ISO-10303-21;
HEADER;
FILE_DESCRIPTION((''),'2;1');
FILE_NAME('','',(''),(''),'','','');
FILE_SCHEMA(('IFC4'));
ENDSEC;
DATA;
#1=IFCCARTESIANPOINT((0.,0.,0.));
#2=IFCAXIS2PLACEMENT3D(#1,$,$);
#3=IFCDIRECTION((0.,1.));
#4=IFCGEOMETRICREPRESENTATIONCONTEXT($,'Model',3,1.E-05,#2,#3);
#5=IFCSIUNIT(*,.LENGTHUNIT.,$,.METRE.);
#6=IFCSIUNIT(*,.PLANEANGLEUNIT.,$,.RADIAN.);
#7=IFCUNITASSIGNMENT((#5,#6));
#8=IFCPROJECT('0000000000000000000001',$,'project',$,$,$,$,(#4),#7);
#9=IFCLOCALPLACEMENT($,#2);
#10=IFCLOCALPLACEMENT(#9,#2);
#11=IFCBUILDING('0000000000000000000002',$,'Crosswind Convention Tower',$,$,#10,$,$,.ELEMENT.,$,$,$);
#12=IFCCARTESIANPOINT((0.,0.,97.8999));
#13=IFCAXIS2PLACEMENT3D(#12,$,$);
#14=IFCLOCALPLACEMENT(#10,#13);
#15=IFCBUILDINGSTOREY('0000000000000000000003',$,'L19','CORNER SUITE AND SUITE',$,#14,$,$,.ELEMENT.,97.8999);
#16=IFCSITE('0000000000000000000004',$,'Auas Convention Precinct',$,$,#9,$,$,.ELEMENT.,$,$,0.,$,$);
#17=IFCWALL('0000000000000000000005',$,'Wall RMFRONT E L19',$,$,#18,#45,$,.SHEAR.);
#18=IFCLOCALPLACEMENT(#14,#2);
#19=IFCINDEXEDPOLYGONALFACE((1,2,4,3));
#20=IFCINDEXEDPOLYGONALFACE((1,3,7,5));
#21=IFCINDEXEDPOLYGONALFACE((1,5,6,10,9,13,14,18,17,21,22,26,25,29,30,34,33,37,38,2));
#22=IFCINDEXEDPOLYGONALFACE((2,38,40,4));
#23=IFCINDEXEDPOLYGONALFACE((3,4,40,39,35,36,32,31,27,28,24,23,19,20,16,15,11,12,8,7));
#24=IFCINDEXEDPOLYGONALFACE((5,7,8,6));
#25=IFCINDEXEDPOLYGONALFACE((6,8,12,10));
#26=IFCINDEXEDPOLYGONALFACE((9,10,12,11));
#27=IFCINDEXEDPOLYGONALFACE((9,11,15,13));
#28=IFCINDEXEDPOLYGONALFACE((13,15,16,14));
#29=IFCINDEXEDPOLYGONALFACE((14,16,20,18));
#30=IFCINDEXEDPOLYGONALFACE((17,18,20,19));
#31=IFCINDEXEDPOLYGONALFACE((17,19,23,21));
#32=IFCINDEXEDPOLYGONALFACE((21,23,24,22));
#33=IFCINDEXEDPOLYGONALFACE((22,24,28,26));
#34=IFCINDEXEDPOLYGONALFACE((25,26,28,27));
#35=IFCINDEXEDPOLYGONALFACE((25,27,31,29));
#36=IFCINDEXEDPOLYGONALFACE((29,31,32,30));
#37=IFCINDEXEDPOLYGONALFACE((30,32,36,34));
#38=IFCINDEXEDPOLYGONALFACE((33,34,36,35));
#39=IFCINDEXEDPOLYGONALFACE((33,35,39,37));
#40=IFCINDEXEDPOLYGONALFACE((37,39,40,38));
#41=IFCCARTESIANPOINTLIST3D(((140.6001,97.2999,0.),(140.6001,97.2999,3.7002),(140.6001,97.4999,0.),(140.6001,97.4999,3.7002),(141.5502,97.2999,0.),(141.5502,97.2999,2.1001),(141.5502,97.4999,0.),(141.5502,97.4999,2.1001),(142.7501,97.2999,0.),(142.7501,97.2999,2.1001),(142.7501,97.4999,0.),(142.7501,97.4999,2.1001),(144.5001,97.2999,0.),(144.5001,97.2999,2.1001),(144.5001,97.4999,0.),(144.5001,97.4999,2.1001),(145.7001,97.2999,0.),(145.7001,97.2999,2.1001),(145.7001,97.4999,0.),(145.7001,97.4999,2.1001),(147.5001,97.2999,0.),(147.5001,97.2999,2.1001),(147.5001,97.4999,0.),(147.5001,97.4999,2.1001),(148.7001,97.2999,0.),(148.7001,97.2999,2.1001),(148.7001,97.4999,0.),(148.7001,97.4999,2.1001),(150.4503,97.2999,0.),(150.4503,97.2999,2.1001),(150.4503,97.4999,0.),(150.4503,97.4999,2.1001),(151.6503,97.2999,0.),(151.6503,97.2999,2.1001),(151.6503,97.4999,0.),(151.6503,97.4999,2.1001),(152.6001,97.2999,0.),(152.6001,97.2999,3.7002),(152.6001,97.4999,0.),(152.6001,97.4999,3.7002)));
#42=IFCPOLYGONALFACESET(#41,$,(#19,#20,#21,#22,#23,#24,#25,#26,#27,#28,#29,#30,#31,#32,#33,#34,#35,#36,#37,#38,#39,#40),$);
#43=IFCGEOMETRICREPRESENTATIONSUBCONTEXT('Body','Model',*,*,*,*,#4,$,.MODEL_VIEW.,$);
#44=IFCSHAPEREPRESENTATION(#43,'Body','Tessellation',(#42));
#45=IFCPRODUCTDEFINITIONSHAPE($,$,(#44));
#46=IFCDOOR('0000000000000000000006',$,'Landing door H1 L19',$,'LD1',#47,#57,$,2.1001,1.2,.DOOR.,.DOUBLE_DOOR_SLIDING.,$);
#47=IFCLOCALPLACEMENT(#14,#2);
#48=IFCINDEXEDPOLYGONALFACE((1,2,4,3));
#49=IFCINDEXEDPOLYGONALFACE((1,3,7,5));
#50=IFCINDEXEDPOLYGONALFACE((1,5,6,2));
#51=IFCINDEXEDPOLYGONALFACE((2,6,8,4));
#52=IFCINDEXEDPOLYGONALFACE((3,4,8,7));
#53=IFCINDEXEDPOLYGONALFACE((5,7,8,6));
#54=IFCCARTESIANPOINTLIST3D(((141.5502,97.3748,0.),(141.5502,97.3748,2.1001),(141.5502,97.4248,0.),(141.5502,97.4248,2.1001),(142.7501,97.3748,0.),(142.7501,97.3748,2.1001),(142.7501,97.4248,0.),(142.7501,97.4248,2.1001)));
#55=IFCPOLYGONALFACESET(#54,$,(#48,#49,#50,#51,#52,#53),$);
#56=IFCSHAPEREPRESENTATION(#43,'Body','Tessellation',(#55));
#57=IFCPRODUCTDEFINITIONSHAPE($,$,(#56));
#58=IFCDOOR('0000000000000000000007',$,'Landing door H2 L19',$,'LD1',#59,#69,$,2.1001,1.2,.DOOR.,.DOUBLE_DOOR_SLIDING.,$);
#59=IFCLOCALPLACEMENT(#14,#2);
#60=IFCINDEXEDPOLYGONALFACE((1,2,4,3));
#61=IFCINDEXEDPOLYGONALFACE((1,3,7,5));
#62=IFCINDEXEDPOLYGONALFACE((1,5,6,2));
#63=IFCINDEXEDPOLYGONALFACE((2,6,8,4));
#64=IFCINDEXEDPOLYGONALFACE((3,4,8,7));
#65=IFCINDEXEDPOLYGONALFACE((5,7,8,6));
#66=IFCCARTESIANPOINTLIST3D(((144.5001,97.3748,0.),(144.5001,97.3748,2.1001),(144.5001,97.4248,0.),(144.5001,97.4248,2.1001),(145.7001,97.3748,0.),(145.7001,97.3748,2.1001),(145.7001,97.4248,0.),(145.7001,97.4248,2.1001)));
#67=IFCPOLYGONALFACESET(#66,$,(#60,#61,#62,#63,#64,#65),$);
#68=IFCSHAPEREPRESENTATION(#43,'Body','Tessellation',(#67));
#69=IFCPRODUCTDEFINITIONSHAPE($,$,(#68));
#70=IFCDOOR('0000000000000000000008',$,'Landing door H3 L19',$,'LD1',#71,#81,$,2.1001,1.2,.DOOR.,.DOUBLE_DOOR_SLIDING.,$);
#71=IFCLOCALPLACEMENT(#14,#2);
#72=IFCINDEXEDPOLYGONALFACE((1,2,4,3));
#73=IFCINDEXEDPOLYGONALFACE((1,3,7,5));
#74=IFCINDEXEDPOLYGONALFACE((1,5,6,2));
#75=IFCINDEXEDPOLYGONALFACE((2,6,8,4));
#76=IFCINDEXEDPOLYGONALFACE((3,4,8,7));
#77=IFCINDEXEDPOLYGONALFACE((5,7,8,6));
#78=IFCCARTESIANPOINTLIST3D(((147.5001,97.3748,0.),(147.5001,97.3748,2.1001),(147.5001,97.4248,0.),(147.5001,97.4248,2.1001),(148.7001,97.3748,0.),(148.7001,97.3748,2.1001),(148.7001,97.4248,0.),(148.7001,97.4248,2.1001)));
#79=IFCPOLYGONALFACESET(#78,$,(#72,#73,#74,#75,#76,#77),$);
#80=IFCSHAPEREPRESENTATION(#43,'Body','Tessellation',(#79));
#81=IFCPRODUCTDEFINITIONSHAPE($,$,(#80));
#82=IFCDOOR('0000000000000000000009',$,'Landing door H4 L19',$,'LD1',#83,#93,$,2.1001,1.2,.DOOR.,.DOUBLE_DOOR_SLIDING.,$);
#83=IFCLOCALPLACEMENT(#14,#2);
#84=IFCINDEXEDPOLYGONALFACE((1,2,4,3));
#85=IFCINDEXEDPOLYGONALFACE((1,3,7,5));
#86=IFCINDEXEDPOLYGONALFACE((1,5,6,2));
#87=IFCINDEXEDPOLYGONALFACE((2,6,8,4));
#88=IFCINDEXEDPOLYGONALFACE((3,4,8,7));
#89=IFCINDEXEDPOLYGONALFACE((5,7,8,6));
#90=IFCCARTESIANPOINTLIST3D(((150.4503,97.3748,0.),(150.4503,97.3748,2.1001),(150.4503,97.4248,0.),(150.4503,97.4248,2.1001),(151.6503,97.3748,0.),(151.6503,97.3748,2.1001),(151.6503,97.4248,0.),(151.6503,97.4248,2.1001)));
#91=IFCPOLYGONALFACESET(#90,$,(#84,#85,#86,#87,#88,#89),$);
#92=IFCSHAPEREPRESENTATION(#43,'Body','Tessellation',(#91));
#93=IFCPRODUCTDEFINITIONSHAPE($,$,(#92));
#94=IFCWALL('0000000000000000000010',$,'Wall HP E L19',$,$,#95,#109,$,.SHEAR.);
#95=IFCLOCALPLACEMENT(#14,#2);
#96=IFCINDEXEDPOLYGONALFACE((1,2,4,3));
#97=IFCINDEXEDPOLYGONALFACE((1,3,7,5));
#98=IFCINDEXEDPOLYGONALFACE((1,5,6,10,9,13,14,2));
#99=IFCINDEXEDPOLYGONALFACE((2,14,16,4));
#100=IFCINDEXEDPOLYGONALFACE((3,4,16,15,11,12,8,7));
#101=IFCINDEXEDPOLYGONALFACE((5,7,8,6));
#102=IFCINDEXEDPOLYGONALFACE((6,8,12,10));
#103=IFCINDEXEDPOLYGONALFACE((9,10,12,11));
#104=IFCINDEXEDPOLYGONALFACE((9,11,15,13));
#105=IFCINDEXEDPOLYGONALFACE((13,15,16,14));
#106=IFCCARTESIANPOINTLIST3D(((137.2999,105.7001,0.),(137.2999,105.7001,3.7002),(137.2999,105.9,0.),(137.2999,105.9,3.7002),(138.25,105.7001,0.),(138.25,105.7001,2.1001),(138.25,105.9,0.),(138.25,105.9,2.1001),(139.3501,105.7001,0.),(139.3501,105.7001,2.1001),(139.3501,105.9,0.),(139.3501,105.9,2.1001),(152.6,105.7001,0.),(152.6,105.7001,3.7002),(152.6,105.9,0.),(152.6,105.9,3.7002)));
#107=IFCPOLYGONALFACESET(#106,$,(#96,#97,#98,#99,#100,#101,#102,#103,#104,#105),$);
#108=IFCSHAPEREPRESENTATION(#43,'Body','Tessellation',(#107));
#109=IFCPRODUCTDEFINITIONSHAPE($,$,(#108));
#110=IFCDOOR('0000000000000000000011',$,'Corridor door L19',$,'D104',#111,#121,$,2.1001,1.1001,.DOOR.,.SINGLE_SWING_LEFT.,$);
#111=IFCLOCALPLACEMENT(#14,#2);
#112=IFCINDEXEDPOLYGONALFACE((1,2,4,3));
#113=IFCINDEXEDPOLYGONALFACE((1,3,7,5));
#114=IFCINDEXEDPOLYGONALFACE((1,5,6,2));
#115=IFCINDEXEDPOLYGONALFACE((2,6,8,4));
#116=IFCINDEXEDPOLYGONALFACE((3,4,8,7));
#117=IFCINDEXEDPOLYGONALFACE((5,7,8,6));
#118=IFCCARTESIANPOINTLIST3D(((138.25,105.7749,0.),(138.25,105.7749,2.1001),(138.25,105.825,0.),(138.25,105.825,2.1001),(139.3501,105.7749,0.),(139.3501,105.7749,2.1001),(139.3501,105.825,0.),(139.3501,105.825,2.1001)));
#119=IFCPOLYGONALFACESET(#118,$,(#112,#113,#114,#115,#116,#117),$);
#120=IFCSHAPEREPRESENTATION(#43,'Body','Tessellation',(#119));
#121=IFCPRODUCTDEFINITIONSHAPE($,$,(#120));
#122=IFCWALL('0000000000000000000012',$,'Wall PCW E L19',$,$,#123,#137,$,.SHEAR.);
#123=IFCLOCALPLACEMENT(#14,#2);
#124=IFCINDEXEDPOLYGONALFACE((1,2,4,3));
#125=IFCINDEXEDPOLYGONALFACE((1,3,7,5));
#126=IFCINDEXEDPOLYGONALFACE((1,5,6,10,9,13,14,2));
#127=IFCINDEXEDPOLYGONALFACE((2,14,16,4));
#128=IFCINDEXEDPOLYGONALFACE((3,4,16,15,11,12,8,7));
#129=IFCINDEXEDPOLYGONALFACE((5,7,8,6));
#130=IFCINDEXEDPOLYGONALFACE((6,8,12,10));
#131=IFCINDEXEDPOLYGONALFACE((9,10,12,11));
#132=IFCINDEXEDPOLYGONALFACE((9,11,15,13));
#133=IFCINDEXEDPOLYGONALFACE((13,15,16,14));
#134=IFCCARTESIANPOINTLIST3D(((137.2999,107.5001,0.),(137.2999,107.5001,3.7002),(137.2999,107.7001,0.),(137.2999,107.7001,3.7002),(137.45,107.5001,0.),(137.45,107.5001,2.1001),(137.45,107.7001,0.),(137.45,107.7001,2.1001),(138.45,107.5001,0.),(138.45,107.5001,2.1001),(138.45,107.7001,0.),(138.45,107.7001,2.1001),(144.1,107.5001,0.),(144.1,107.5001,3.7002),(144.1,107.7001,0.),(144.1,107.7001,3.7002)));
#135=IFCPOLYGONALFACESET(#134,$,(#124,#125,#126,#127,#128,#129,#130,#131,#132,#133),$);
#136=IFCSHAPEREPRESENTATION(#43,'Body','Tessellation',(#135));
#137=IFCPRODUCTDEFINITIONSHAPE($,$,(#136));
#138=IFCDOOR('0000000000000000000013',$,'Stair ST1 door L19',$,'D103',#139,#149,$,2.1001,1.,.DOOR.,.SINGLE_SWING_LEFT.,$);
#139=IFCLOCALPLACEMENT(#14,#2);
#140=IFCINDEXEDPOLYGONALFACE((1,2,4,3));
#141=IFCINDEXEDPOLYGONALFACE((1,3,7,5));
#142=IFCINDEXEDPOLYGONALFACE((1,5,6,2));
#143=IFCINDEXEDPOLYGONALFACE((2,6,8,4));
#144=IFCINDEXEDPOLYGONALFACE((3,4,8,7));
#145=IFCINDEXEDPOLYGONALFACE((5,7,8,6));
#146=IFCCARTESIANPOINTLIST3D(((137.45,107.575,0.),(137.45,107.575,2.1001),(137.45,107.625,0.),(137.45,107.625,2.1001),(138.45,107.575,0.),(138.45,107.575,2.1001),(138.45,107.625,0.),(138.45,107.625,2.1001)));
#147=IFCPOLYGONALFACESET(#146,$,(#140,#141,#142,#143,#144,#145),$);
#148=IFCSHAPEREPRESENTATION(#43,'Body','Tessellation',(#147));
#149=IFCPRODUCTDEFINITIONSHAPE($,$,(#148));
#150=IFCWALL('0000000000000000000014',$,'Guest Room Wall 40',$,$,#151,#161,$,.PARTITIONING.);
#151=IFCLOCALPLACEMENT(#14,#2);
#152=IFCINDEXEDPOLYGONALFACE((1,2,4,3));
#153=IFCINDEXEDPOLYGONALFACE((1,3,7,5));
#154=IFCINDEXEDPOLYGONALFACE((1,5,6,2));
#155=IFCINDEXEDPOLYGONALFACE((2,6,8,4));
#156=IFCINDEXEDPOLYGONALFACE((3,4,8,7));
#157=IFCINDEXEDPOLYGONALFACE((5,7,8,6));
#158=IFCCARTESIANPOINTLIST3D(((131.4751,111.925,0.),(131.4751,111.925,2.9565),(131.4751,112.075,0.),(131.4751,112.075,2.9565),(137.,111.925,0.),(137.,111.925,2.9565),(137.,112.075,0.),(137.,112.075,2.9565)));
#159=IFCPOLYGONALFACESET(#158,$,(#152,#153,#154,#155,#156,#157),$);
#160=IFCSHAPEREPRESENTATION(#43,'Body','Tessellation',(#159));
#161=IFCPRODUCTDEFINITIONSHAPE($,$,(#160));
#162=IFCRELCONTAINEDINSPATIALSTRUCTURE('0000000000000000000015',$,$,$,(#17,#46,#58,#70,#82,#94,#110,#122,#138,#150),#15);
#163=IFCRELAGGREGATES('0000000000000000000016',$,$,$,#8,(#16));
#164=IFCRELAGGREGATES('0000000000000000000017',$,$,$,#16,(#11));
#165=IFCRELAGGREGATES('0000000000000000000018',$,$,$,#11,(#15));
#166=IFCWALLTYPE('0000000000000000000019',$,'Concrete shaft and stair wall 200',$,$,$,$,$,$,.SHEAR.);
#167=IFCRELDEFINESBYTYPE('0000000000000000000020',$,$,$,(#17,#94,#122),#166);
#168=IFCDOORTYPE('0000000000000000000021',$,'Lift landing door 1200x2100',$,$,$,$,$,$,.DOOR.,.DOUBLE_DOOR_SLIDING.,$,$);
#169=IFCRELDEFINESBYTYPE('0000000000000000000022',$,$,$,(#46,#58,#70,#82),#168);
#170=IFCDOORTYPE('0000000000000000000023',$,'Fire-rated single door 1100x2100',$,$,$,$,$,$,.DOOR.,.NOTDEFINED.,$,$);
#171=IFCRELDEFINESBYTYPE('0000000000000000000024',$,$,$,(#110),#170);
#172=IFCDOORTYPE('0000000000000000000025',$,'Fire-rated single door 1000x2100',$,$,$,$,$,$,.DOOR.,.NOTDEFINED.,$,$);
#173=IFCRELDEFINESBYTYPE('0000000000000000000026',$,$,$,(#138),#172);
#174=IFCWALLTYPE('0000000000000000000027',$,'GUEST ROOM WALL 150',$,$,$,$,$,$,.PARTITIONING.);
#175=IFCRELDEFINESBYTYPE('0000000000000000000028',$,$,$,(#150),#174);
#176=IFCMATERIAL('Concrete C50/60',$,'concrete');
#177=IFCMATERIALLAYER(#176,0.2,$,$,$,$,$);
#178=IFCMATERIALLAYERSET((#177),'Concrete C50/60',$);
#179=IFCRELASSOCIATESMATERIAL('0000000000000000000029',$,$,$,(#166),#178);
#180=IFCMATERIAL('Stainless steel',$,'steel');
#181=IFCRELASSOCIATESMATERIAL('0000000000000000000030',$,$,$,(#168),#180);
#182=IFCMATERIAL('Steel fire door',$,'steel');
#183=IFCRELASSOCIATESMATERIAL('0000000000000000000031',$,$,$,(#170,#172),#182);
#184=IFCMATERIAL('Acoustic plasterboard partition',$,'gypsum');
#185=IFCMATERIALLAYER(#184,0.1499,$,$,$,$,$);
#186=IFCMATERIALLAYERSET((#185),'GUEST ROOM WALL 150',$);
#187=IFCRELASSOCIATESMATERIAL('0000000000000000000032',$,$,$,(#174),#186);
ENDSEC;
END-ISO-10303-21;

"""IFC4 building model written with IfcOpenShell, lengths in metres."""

from ifc_helpers import new_model, si_unit, direction, frame, frame_2d, origin, place, context, subcontext, project, spatial, rectangle, extrude, material, layer, layer_set, type_object, element, fill, save


model = new_model("IFC4")

# Units and contexts
model_context = context("Model", 3, precision=1e-05, world=origin(), true_north=direction((0.0, 1.0)))
body_context = subcontext(model_context, "Body", "Model", "MODEL_VIEW")
ifc_project = project(units=[si_unit("LENGTHUNIT", "METRE"), si_unit("PLANEANGLEUNIT", "RADIAN")], contexts=[model_context])

# Site, building, storey
site_placement = place(None, origin())
site = spatial("IfcSite", under=ifc_project, at=site_placement, Name="Auas Convention Precinct", CompositionType="ELEMENT", RefElevation=0.0)
building_placement = place(site_placement, origin())
building = spatial("IfcBuilding", under=site, at=building_placement, Name="Crosswind Convention Tower", CompositionType="ELEMENT")
storey_placement = place(building_placement, frame((0.0, 0.0, 97.8999)))
storey = spatial("IfcBuildingStorey", under=building, at=storey_placement, Name="L19", Description="CORNER SUITE AND SUITE", CompositionType="ELEMENT", Elevation=97.8999)

# Shared definitions
ifc_material_1 = material(Name="Concrete C50/60", Category="concrete")
ifc_layer_1 = layer(ifc_material_1, 0.2)
ifc_layer_set_1 = layer_set([ifc_layer_1], Name="Concrete C50/60")
wall_type_1 = type_object("IfcWallType", Name="Concrete shaft and stair wall 200", PredefinedType="SHEAR", material=ifc_layer_set_1)

# Wall, openings, doors
wall_1_placement = place(storey_placement, frame((140.6001, 97.3999, 0.0), z_axis=(0.0, 0.0, 1.0), x_axis=(1.0, 0.0, 0.0)))
wall_1 = element("IfcWall", 1, at=wall_1_placement, inside=storey, type_object=wall_type_1, Name="Wall RMFRONT E L19", PredefinedType="SHEAR", context=body_context, shape_type="SweptSolid", body=[
    extrude(rectangle(XDim=12.0, YDim=0.2, at=frame_2d((6.0, 0.0))), origin(), (0.0, 0.0, 1.0), 3.7002),
])
opening_1_placement = place(wall_1_placement, frame((0.95, 0.0, 0.0)))
opening_1 = element("IfcOpeningElement", 2, at=opening_1_placement, cuts=wall_1, PredefinedType="OPENING", context=body_context, shape_type="SweptSolid", body=[
    extrude(rectangle(XDim=1.2, YDim=2.1001, at=frame_2d((0.6001, 1.05))), frame((0.0, 0.1099, 0.0), z_axis=(0.0, -1.0, 0.0), x_axis=(1.0, 0.0, 0.0)), (0.0, 0.0, 1.0), 0.22),
])
opening_2_placement = place(wall_1_placement, frame((3.8999, 0.0, 0.0)))
opening_2 = element("IfcOpeningElement", 3, at=opening_2_placement, cuts=wall_1, PredefinedType="OPENING", context=body_context, shape_type="SweptSolid", body=[
    extrude(rectangle(XDim=1.2, YDim=2.1001, at=frame_2d((0.6001, 1.05))), frame((0.0, 0.1099, 0.0), z_axis=(0.0, -1.0, 0.0), x_axis=(1.0, 0.0, 0.0)), (0.0, 0.0, 1.0), 0.22),
])
opening_3_placement = place(wall_1_placement, frame((6.8999, 0.0, 0.0)))
opening_3 = element("IfcOpeningElement", 4, at=opening_3_placement, cuts=wall_1, PredefinedType="OPENING", context=body_context, shape_type="SweptSolid", body=[
    extrude(rectangle(XDim=1.2, YDim=2.1001, at=frame_2d((0.6001, 1.05))), frame((0.0, 0.1099, 0.0), z_axis=(0.0, -1.0, 0.0), x_axis=(1.0, 0.0, 0.0)), (0.0, 0.0, 1.0), 0.22),
])
opening_4_placement = place(wall_1_placement, frame((9.8501, 0.0, 0.0)))
opening_4 = element("IfcOpeningElement", 5, at=opening_4_placement, cuts=wall_1, PredefinedType="OPENING", context=body_context, shape_type="SweptSolid", body=[
    extrude(rectangle(XDim=1.2, YDim=2.1001, at=frame_2d((0.6001, 1.05))), frame((0.0, 0.1099, 0.0), z_axis=(0.0, -1.0, 0.0), x_axis=(1.0, 0.0, 0.0)), (0.0, 0.0, 1.0), 0.22),
])
ifc_material_2 = material(Name="Stainless steel", Category="steel")
door_type_1 = type_object("IfcDoorType", Name="Lift landing door 1200x2100", OperationType="DOUBLE_DOOR_SLIDING", PredefinedType="DOOR", material=ifc_material_2)
door_1_placement = place(opening_1_placement, origin())
door_1 = element("IfcDoor", 6, at=door_1_placement, inside=storey, type_object=door_type_1, Name="Landing door H1 L19", ObjectType="LD1", OperationType="DOUBLE_DOOR_SLIDING", OverallHeight=2.1001, OverallWidth=1.2, PredefinedType="DOOR", context=body_context, shape_type="SweptSolid", body=[
    extrude(rectangle(XDim=1.2, YDim=2.1001, at=frame_2d((0.6001, 1.05))), frame((0.0, 0.0249, 0.0), z_axis=(0.0, -1.0, 0.0), x_axis=(1.0, 0.0, 0.0)), (0.0, 0.0, 1.0), 0.05),
])
fill(opening_1, door_1)
door_2_placement = place(opening_2_placement, origin())
door_2 = element("IfcDoor", 7, at=door_2_placement, inside=storey, type_object=door_type_1, Name="Landing door H2 L19", ObjectType="LD1", OperationType="DOUBLE_DOOR_SLIDING", OverallHeight=2.1001, OverallWidth=1.2, PredefinedType="DOOR", context=body_context, shape_type="SweptSolid", body=[
    extrude(rectangle(XDim=1.2, YDim=2.1001, at=frame_2d((0.6001, 1.05))), frame((0.0, 0.0249, 0.0), z_axis=(0.0, -1.0, 0.0), x_axis=(1.0, 0.0, 0.0)), (0.0, 0.0, 1.0), 0.05),
])
fill(opening_2, door_2)
door_3_placement = place(opening_3_placement, origin())
door_3 = element("IfcDoor", 8, at=door_3_placement, inside=storey, type_object=door_type_1, Name="Landing door H3 L19", ObjectType="LD1", OperationType="DOUBLE_DOOR_SLIDING", OverallHeight=2.1001, OverallWidth=1.2, PredefinedType="DOOR", context=body_context, shape_type="SweptSolid", body=[
    extrude(rectangle(XDim=1.2, YDim=2.1001, at=frame_2d((0.6001, 1.05))), frame((0.0, 0.0249, 0.0), z_axis=(0.0, -1.0, 0.0), x_axis=(1.0, 0.0, 0.0)), (0.0, 0.0, 1.0), 0.05),
])
fill(opening_3, door_3)
door_4_placement = place(opening_4_placement, origin())
door_4 = element("IfcDoor", 9, at=door_4_placement, inside=storey, type_object=door_type_1, Name="Landing door H4 L19", ObjectType="LD1", OperationType="DOUBLE_DOOR_SLIDING", OverallHeight=2.1001, OverallWidth=1.2, PredefinedType="DOOR", context=body_context, shape_type="SweptSolid", body=[
    extrude(rectangle(XDim=1.2, YDim=2.1001, at=frame_2d((0.6001, 1.05))), frame((0.0, 0.0249, 0.0), z_axis=(0.0, -1.0, 0.0), x_axis=(1.0, 0.0, 0.0)), (0.0, 0.0, 1.0), 0.05),
])
fill(opening_4, door_4)

# Walls, openings, doors
wall_2_placement = place(storey_placement, frame((137.3, 105.8, 0.0), z_axis=(0.0, 0.0, 1.0), x_axis=(1.0, 0.0, 0.0)))
wall_2 = element("IfcWall", 10, at=wall_2_placement, inside=storey, type_object=wall_type_1, Name="Wall HP E L19", PredefinedType="SHEAR", context=body_context, shape_type="SweptSolid", body=[
    extrude(rectangle(XDim=15.3, YDim=0.2, at=frame_2d((7.6499, 0.0))), origin(), (0.0, 0.0, 1.0), 3.7002),
])
opening_5_placement = place(wall_2_placement, frame((0.95, 0.0, 0.0)))
opening_5 = element("IfcOpeningElement", 11, at=opening_5_placement, cuts=wall_2, PredefinedType="OPENING", context=body_context, shape_type="SweptSolid", body=[
    extrude(rectangle(XDim=1.1001, YDim=2.1001, at=frame_2d((0.55, 1.05))), frame((0.0, 0.1099, 0.0), z_axis=(0.0, -1.0, 0.0), x_axis=(1.0, 0.0, 0.0)), (0.0, 0.0, 1.0), 0.22),
])
ifc_material_3 = material(Name="Steel fire door", Category="steel")
door_type_2 = type_object("IfcDoorType", Name="Fire-rated single door 1100x2100", OperationType="NOTDEFINED", PredefinedType="DOOR", material=ifc_material_3)
door_5_placement = place(opening_5_placement, origin())
door_5 = element("IfcDoor", 12, at=door_5_placement, inside=storey, type_object=door_type_2, Name="Corridor door L19", ObjectType="D104", OperationType="SINGLE_SWING_LEFT", OverallHeight=2.1001, OverallWidth=1.1001, PredefinedType="DOOR", context=body_context, shape_type="SweptSolid", body=[
    extrude(rectangle(XDim=1.1001, YDim=2.1001, at=frame_2d((0.55, 1.05))), frame((0.0, 0.0249, 0.0), z_axis=(0.0, -1.0, 0.0), x_axis=(1.0, 0.0, 0.0)), (0.0, 0.0, 1.0), 0.05),
])
fill(opening_5, door_5)
wall_3_placement = place(storey_placement, frame((137.3, 107.6001, 0.0), z_axis=(0.0, 0.0, 1.0), x_axis=(1.0, 0.0, 0.0)))
wall_3 = element("IfcWall", 13, at=wall_3_placement, inside=storey, type_object=wall_type_1, Name="Wall PCW E L19", PredefinedType="SHEAR", context=body_context, shape_type="SweptSolid", body=[
    extrude(rectangle(XDim=6.8, YDim=0.2, at=frame_2d((3.3999, 0.0))), origin(), (0.0, 0.0, 1.0), 3.7002),
])
opening_6_placement = place(wall_3_placement, frame((0.1499, 0.0, 0.0)))
opening_6 = element("IfcOpeningElement", 14, at=opening_6_placement, cuts=wall_3, PredefinedType="OPENING", context=body_context, shape_type="SweptSolid", body=[
    extrude(rectangle(XDim=1.0, YDim=2.1001, at=frame_2d((0.5, 1.05))), frame((0.0, 0.1099, 0.0), z_axis=(0.0, -1.0, 0.0), x_axis=(1.0, 0.0, 0.0)), (0.0, 0.0, 1.0), 0.22),
])
door_type_3 = type_object("IfcDoorType", Name="Fire-rated single door 1000x2100", OperationType="NOTDEFINED", PredefinedType="DOOR", material=ifc_material_3)
door_6_placement = place(opening_6_placement, origin())
door_6 = element("IfcDoor", 15, at=door_6_placement, inside=storey, type_object=door_type_3, Name="Stair ST1 door L19", ObjectType="D103", OperationType="SINGLE_SWING_LEFT", OverallHeight=2.1001, OverallWidth=1.0, PredefinedType="DOOR", context=body_context, shape_type="SweptSolid", body=[
    extrude(rectangle(XDim=1.0, YDim=2.1001, at=frame_2d((0.5, 1.05))), frame((0.0, 0.0249, 0.0), z_axis=(0.0, -1.0, 0.0), x_axis=(1.0, 0.0, 0.0)), (0.0, 0.0, 1.0), 0.05),
])
fill(opening_6, door_6)

# Wall
ifc_material_4 = material(Name="Acoustic plasterboard partition", Category="gypsum")
ifc_layer_2 = layer(ifc_material_4, 0.1499)
ifc_layer_set_2 = layer_set([ifc_layer_2], Name="GUEST ROOM WALL 150")
wall_type_2 = type_object("IfcWallType", Name="GUEST ROOM WALL 150", PredefinedType="PARTITIONING", material=ifc_layer_set_2)
wall_4_placement = place(storey_placement, frame((131.4751, 112.0, 0.0), z_axis=(0.0, 0.0, 1.0), x_axis=(1.0, 0.0, 0.0)))
element("IfcWall", 16, at=wall_4_placement, inside=storey, type_object=wall_type_2, Name="Guest Room Wall 40", PredefinedType="PARTITIONING", context=body_context, shape_type="SweptSolid", body=[
    extrude(rectangle(XDim=5.5249, YDim=0.1499, at=frame_2d((2.7625, 0.0))), origin(), (0.0, 0.0, 1.0), 2.9565),
])

save(model, "model.ifc")
